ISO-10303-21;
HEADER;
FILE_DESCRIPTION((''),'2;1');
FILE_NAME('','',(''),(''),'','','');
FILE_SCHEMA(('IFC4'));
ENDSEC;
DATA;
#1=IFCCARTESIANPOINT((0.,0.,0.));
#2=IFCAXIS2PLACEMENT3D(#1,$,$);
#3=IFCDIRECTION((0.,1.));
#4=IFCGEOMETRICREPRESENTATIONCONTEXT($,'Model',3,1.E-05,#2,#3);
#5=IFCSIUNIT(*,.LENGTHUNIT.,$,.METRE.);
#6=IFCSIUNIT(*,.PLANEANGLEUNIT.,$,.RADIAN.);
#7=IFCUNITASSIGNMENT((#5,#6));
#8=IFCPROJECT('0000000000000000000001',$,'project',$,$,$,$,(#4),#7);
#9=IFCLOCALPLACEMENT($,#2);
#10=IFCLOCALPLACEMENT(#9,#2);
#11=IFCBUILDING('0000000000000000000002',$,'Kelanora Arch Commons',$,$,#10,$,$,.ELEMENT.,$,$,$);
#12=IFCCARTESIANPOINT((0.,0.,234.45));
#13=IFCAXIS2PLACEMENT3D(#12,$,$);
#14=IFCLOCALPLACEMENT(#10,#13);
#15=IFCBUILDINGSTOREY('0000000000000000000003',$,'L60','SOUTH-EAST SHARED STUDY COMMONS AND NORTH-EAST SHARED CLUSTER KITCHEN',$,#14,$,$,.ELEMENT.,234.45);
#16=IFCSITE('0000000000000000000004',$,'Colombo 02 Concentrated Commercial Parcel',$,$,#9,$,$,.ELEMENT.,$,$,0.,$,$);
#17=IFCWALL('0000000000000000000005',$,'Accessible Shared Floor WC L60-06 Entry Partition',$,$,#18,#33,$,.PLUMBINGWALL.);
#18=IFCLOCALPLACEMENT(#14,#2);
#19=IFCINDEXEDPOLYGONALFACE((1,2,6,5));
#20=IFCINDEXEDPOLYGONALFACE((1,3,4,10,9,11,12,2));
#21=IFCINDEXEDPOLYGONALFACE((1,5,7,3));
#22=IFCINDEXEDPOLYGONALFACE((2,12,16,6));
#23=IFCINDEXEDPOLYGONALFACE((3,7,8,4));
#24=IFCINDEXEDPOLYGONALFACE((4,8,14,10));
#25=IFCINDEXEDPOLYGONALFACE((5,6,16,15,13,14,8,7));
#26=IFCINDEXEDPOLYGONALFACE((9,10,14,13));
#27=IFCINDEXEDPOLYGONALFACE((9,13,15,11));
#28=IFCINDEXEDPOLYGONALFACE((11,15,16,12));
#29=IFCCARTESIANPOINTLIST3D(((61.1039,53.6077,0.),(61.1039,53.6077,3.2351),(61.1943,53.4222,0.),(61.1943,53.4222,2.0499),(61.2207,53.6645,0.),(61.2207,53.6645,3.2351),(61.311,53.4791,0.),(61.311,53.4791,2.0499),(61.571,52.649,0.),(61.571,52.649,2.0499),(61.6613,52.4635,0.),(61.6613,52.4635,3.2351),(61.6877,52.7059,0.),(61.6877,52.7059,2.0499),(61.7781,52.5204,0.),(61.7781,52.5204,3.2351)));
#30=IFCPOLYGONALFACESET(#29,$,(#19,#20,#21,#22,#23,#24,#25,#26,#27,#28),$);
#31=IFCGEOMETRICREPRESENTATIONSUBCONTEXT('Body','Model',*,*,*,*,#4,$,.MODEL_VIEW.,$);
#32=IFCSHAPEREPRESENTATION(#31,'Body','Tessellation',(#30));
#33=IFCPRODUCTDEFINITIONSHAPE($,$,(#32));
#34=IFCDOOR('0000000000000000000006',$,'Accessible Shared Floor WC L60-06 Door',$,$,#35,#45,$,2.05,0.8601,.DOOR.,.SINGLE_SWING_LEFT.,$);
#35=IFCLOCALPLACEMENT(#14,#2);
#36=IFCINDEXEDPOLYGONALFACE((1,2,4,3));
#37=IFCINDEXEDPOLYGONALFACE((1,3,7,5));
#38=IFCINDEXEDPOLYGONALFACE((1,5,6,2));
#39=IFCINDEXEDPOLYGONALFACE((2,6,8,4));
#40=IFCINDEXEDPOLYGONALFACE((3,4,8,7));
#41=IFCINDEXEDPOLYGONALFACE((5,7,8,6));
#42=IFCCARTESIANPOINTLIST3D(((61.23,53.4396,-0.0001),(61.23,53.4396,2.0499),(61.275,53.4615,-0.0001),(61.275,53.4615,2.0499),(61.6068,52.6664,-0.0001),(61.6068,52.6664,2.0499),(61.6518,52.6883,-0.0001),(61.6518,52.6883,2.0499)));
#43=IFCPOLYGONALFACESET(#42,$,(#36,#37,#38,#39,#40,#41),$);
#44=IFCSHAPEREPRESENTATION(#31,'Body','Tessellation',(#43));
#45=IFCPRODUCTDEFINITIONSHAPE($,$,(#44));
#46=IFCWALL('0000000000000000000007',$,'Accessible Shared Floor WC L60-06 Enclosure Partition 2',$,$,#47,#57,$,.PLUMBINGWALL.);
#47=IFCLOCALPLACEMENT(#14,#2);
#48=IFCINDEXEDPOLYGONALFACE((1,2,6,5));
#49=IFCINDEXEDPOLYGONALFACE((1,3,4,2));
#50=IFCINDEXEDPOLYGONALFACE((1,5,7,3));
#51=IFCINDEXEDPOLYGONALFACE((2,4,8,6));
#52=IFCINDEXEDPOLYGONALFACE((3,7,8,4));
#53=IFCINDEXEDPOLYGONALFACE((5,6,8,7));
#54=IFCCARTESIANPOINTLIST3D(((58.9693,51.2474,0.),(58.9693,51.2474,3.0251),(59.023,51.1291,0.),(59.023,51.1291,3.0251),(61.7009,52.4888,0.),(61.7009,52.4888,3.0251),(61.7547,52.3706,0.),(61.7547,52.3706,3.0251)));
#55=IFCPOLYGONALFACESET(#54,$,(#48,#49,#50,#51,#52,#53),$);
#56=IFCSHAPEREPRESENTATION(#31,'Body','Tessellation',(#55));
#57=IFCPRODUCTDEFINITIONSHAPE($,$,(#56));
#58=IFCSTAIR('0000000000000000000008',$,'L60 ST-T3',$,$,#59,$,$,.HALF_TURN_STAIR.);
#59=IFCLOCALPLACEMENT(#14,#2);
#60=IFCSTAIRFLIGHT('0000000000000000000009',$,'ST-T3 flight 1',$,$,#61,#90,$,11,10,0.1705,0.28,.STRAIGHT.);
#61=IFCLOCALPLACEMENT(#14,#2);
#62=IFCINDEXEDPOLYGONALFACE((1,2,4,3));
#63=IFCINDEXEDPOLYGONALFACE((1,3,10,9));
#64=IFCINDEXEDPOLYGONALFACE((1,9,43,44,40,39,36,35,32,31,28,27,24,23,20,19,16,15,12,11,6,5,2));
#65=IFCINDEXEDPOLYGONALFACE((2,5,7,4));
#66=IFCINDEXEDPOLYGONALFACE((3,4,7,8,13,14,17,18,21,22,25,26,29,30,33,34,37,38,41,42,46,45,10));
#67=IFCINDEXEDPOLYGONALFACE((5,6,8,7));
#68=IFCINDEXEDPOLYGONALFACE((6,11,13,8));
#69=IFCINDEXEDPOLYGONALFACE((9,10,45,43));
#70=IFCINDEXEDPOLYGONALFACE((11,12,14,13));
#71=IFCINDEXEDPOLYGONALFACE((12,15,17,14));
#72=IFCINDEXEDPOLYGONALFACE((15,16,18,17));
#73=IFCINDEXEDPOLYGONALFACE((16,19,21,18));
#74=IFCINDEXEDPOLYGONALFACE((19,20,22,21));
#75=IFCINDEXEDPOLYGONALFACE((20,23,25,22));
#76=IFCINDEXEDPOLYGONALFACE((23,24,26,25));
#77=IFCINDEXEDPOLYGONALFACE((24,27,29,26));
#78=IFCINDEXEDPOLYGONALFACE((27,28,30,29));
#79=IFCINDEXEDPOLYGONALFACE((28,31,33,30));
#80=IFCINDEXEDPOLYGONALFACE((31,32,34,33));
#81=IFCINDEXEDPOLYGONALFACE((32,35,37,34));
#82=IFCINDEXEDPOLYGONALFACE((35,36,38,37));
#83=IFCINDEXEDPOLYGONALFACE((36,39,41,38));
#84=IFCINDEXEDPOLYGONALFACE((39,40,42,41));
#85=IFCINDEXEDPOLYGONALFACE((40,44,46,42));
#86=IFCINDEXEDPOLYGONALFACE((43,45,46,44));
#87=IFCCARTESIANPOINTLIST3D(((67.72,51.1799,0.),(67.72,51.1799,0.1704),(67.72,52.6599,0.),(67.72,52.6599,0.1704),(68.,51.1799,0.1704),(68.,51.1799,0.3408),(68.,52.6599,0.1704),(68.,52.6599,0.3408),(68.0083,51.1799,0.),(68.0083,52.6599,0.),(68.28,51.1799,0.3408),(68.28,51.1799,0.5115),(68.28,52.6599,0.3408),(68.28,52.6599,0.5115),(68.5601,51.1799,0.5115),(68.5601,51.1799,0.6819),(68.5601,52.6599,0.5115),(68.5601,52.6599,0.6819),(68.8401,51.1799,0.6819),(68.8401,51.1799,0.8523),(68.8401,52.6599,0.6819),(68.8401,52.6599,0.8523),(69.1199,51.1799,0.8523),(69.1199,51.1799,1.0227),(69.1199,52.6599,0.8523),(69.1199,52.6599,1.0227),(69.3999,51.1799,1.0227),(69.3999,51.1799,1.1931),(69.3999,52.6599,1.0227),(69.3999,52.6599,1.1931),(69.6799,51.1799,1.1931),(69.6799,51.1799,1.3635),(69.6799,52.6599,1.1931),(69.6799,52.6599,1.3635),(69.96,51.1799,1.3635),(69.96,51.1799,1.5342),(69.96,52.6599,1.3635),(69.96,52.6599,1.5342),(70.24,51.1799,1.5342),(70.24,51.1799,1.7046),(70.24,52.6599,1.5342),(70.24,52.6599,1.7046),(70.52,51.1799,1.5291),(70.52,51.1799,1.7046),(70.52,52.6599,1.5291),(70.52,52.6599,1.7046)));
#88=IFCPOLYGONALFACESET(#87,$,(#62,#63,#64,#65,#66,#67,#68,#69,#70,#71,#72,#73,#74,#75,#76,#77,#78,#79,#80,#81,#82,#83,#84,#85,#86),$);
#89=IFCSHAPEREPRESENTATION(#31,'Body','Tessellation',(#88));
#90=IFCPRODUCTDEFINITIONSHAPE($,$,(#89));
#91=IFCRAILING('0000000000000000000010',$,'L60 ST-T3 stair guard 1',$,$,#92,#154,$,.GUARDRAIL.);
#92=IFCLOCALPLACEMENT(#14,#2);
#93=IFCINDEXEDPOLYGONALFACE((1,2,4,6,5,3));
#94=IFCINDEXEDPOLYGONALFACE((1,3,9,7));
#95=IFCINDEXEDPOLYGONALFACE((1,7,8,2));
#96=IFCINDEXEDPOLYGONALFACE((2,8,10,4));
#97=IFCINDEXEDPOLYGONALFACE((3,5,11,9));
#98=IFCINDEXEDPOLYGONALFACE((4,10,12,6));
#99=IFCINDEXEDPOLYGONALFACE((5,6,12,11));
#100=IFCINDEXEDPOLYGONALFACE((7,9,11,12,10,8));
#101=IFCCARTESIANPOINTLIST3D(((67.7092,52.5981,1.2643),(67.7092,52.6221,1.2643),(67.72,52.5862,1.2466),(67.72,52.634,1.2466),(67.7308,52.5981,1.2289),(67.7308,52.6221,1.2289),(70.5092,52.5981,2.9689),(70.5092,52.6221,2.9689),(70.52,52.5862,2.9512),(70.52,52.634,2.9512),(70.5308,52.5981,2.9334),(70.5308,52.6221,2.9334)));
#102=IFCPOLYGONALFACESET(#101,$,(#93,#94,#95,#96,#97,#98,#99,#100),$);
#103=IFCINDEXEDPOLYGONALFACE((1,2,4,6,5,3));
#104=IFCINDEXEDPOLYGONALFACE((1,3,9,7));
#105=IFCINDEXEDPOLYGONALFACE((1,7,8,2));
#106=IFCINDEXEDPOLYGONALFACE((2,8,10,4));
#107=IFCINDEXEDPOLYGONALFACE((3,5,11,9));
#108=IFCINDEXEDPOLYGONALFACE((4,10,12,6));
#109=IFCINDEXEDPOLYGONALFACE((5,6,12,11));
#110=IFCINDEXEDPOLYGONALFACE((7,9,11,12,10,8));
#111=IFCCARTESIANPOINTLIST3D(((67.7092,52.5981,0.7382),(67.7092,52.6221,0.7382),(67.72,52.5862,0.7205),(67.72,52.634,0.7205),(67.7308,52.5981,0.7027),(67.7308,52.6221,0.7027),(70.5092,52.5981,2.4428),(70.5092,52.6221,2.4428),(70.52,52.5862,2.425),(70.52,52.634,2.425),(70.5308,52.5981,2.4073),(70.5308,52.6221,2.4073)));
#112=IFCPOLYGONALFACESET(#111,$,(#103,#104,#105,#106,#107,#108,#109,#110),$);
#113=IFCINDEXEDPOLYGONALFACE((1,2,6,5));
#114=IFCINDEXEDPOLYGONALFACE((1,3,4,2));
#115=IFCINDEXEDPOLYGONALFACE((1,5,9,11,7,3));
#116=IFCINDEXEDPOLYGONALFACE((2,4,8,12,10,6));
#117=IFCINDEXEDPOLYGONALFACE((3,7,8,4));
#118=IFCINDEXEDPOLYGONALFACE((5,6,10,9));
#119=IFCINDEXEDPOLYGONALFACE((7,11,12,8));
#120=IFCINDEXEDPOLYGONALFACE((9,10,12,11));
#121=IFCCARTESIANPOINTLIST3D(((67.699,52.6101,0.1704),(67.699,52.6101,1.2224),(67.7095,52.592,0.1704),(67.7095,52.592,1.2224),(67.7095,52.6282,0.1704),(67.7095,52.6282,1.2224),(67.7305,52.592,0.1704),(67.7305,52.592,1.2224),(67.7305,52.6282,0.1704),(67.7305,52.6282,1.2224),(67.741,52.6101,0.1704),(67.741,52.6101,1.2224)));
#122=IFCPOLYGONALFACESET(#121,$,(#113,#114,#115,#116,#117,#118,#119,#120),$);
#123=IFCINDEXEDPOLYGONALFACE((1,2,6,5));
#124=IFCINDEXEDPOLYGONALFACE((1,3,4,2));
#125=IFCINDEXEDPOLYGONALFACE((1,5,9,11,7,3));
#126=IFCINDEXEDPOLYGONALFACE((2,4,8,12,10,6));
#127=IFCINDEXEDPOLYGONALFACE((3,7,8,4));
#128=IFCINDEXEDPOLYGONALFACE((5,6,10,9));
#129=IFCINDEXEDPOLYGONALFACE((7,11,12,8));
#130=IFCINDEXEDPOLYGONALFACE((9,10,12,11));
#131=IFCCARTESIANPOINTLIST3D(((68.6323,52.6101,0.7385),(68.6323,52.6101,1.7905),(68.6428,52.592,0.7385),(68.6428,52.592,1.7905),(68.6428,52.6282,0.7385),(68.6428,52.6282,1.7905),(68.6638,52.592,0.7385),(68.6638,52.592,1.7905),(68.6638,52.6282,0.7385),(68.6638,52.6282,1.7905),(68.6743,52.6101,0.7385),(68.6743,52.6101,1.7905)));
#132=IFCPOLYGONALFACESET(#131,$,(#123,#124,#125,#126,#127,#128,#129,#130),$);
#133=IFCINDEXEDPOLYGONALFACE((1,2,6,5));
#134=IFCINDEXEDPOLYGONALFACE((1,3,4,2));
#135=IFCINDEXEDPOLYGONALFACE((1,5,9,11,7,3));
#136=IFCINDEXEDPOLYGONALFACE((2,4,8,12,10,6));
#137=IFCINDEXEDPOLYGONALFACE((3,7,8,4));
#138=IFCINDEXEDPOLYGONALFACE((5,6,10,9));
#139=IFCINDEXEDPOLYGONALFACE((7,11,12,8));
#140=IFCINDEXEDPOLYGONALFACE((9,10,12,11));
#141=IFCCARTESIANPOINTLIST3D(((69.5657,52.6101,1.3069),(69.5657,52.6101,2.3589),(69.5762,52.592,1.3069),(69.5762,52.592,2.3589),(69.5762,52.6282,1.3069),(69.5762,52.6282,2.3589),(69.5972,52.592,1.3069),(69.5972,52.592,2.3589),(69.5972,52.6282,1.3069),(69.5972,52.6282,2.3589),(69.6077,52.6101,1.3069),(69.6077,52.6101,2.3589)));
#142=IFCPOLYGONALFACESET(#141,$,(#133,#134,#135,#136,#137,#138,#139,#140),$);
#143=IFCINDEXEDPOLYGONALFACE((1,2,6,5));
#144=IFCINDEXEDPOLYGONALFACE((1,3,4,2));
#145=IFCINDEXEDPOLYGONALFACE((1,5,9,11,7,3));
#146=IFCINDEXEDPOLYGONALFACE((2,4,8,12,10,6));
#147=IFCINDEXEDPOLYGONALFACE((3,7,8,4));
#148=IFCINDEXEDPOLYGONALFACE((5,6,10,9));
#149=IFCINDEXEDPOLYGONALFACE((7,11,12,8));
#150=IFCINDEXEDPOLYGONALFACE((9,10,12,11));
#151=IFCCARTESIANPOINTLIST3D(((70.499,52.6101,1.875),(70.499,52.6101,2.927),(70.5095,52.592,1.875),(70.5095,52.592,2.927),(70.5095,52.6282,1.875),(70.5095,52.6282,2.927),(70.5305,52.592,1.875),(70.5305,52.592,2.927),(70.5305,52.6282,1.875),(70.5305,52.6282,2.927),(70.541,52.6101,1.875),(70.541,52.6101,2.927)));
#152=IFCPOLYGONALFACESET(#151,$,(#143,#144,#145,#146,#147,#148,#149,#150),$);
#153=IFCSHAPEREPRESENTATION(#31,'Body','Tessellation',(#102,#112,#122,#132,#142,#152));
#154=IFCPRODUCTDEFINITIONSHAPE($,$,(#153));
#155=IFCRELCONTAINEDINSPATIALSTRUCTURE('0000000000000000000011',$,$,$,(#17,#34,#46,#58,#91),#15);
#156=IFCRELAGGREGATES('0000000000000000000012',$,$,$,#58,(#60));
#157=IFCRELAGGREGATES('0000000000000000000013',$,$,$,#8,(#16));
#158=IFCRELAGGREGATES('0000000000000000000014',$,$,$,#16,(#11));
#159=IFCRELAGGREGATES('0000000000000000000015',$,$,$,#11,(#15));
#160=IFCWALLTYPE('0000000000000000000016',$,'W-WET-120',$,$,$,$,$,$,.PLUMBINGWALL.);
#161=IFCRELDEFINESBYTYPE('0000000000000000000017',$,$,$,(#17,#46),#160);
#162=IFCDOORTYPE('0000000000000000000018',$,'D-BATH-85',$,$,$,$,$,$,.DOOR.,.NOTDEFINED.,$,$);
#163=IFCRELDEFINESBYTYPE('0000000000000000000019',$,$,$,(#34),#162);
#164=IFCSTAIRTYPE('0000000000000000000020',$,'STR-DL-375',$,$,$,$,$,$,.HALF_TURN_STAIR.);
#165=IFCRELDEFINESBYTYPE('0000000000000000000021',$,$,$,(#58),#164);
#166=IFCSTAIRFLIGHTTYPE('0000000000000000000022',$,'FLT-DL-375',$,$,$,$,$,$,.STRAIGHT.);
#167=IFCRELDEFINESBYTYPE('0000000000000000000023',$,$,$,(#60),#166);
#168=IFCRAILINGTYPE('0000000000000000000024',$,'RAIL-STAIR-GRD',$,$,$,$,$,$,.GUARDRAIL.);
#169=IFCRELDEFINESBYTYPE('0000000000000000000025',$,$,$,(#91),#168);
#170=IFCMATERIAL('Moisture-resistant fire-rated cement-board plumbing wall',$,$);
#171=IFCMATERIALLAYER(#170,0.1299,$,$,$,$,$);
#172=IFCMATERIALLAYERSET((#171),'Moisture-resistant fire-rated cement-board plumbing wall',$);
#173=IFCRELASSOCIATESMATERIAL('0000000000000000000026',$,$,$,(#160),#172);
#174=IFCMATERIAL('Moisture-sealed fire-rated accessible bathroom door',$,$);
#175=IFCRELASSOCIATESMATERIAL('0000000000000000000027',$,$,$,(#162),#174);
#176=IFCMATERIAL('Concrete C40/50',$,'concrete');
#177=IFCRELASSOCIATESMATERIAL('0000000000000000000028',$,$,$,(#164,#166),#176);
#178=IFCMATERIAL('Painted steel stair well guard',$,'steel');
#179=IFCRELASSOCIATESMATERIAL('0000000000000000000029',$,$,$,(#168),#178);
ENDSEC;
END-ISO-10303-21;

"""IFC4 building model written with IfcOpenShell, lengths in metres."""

from ifc_helpers import new_model, si_unit, direction, frame, frame_2d, origin, place, context, subcontext, project, spatial, polyline, rectangle, outline, extrude, material, layer, layer_set, type_object, element, fill, aggregate, save


model = new_model("IFC4")

# Units and contexts
model_context = context("Model", 3, precision=1e-05, world=origin(), true_north=direction((0.0, 1.0)))
body_context = subcontext(model_context, "Body", "Model", "MODEL_VIEW")
ifc_project = project(units=[si_unit("LENGTHUNIT", "METRE"), si_unit("PLANEANGLEUNIT", "RADIAN")], contexts=[model_context])

# Site, building, storey
site_placement = place(None, origin())
site = spatial("IfcSite", under=ifc_project, at=site_placement, Name="Colombo 02 Concentrated Commercial Parcel", CompositionType="ELEMENT", RefElevation=0.0)
building_placement = place(site_placement, origin())
building = spatial("IfcBuilding", under=site, at=building_placement, Name="Kelanora Arch Commons", CompositionType="ELEMENT")
storey_placement = place(building_placement, frame((0.0, 0.0, 234.45)))
storey = spatial("IfcBuildingStorey", under=building, at=storey_placement, Name="L60", Description="SOUTH-EAST SHARED STUDY COMMONS AND NORTH-EAST SHARED CLUSTER KITCHEN", CompositionType="ELEMENT", Elevation=234.45)

# Shared definitions
ifc_material_1 = material(Name="Concrete C40/50", Category="concrete")

# Wall, opening, door
ifc_material_2 = material(Name="Moisture-resistant fire-rated cement-board plumbing wall")
ifc_layer_1 = layer(ifc_material_2, 0.1299)
ifc_layer_set_1 = layer_set([ifc_layer_1], Name="Moisture-resistant fire-rated cement-board plumbing wall")
wall_type_1 = type_object("IfcWallType", Name="W-WET-120", PredefinedType="PLUMBINGWALL", material=ifc_layer_set_1)
wall_1_placement = place(storey_placement, frame((61.1624, 53.636, 0.0), z_axis=(0.0, 0.0, 1.0), x_axis=(0.437981, -0.898984, 0.0)))
wall_1 = element("IfcWall", 1, at=wall_1_placement, inside=storey, type_object=wall_type_1, Name="Accessible Shared Floor WC L60-06 Entry Partition", PredefinedType="PLUMBINGWALL", context=body_context, shape_type="SweptSolid", body=[
    extrude(rectangle(XDim=1.2727, YDim=0.1299, at=frame_2d((0.6362, 0.0))), origin(), (0.0, 0.0, 1.0), 3.2351),
])
opening_1_placement = place(wall_1_placement, frame((0.2061, 0.0, 0.0)))
opening_1 = element("IfcOpeningElement", 2, at=opening_1_placement, cuts=wall_1, PredefinedType="OPENING", context=body_context, shape_type="SweptSolid", body=[
    extrude(rectangle(XDim=0.8601, YDim=2.05, at=frame_2d((0.4302, 1.0249))), frame((0.0, 0.075, 0.0), z_axis=(0.0, -1.0, 0.0), x_axis=(1.0, 0.0, 0.0)), (0.0, 0.0, 1.0), 0.1499),
])
ifc_material_3 = material(Name="Moisture-sealed fire-rated accessible bathroom door")
door_type_1 = type_object("IfcDoorType", Name="D-BATH-85", OperationType="NOTDEFINED", PredefinedType="DOOR", material=ifc_material_3)
door_1_placement = place(opening_1_placement, origin())
door_1 = element("IfcDoor", 3, at=door_1_placement, inside=storey, type_object=door_type_1, Name="Accessible Shared Floor WC L60-06 Door", OperationType="SINGLE_SWING_LEFT", OverallHeight=2.05, OverallWidth=0.8601, PredefinedType="DOOR", context=body_context, shape_type="SweptSolid", body=[
    extrude(rectangle(XDim=0.8601, YDim=2.05, at=frame_2d((0.4302, 1.0249))), frame((0.0, 0.0249, 0.0), z_axis=(0.0, -1.0, 0.0), x_axis=(1.0, 0.0, 0.0)), (0.0, 0.0, 1.0), 0.05),
])
fill(opening_1, door_1)

# Wall
wall_2_placement = place(storey_placement, frame((61.7278, 52.4297, 0.0), z_axis=(0.0, 0.0, 1.0), x_axis=(-0.910394, -0.413742, 0.0)))
element("IfcWall", 4, at=wall_2_placement, inside=storey, type_object=wall_type_1, Name="Accessible Shared Floor WC L60-06 Enclosure Partition 2", PredefinedType="PLUMBINGWALL", context=body_context, shape_type="SweptSolid", body=[
    extrude(rectangle(XDim=3.0005, YDim=0.1299, at=frame_2d((1.5002, 0.0))), origin(), (0.0, 0.0, 1.0), 3.0251),
])

# Stair, stair flight
stair_type = type_object("IfcStairType", Name="STR-DL-375", PredefinedType="HALF_TURN_STAIR", material=ifc_material_1)
stair_placement = place(storey_placement, origin())
stair = element("IfcStair", 5, at=stair_placement, inside=storey, type_object=stair_type, Name="L60 ST-T3", PredefinedType="HALF_TURN_STAIR")
stair_flight_type = type_object("IfcStairFlightType", Name="FLT-DL-375", PredefinedType="STRAIGHT", material=ifc_material_1)
stair_flight_placement = place(storey_placement, frame((67.72, 51.9199, 0.0), z_axis=(0.0, 0.0, 1.0), x_axis=(1.0, 0.0, 0.0)))
stair_flight = element("IfcStairFlight", 6, at=stair_flight_placement, type_object=stair_flight_type, Name="ST-T3 flight 1", NumberOfRisers=11, NumberOfTreads=10, PredefinedType="STRAIGHT", RiserHeight=0.1705, TreadLength=0.28, context=body_context, shape_type="SweptSolid", body=[
    extrude(outline(polyline([(0.0, 0.0), (0.0, 0.1704), (0.28, 0.1704), (0.28, 0.3408), (0.5601, 0.3408), (0.5601, 0.5115), (0.8401, 0.5115), (0.8401, 0.6819), (1.1201, 0.6819), (1.1201, 0.8523), (1.3999, 0.8523), (1.3999, 1.0227), (1.6799, 1.0227), (1.6799, 1.1931), (1.96, 1.1931), (1.96, 1.3635), (2.24, 1.3635), (2.24, 1.5342), (2.52, 1.5342), (2.52, 1.7046), (2.8, 1.7046), (2.8, 1.875), (2.8, 1.5291), (0.2883, 0.0), (0.0, 0.0)])), frame((0.0, 0.74, 0.0), z_axis=(0.0, -1.0, 0.0), x_axis=(1.0, 0.0, 0.0)), (0.0, 0.0, 1.0), 1.48),
])
aggregate(stair, [stair_flight])

# Railing
ifc_material_4 = material(Name="Painted steel stair well guard", Category="steel")
railing_type = type_object("IfcRailingType", Name="RAIL-STAIR-GRD", PredefinedType="GUARDRAIL", material=ifc_material_4)
railing_1_placement = place(storey_placement, frame((67.72, 52.6101, 0.1704)))
element("IfcRailing", 7, at=railing_1_placement, inside=storey, type_object=railing_type, Name="L60 ST-T3 stair guard 1", PredefinedType="GUARDRAIL", context=body_context, shape_type="SweptSolid", body=[
    extrude(outline(polyline([(0.0239, 0.0), (0.012, 0.0208), (-0.012, 0.0208), (-0.0239, 0.0), (-0.012, -0.0208), (0.012, -0.0208), (0.0239, 0.0)])), frame((0.0, 0.0, 1.0762), z_axis=(0.85417, 0.0, 0.519994), x_axis=(0.0, 1.0, 0.0)), (0.0, 0.0, 1.0), 3.2781),
    extrude(outline(polyline([(0.0239, 0.0), (0.012, 0.0208), (-0.012, 0.0208), (-0.0239, 0.0), (-0.012, -0.0208), (0.012, -0.0208), (0.0239, 0.0)])), frame((0.0, 0.0, 0.55), z_axis=(0.85417, 0.0, 0.519994), x_axis=(0.0, 1.0, 0.0)), (0.0, 0.0, 1.0), 3.2781),
    extrude(outline(polyline([(0.021, 0.0), (0.0105, 0.0181), (-0.0105, 0.0181), (-0.021, 0.0), (-0.0105, -0.0181), (0.0105, -0.0181), (0.021, 0.0)])), origin(), (0.0, 0.0, 1.0), 1.052),
    extrude(outline(polyline([(0.021, 0.0), (0.0105, 0.0181), (-0.0105, 0.0181), (-0.021, 0.0), (-0.0105, -0.0181), (0.0105, -0.0181), (0.021, 0.0)])), frame((0.9333, 0.0, 0.5681)), (0.0, 0.0, 1.0), 1.052),
    extrude(outline(polyline([(0.021, 0.0), (0.0105, 0.0181), (-0.0105, 0.0181), (-0.021, 0.0), (-0.0105, -0.0181), (0.0105, -0.0181), (0.021, 0.0)])), frame((1.8667, 0.0, 1.1365)), (0.0, 0.0, 1.0), 1.052),
    extrude(outline(polyline([(0.021, 0.0), (0.0105, 0.0181), (-0.0105, 0.0181), (-0.021, 0.0), (-0.0105, -0.0181), (0.0105, -0.0181), (0.021, 0.0)])), frame((2.8, 0.0, 1.7046)), (0.0, 0.0, 1.0), 1.052),
])

save(model, "model.ifc")
